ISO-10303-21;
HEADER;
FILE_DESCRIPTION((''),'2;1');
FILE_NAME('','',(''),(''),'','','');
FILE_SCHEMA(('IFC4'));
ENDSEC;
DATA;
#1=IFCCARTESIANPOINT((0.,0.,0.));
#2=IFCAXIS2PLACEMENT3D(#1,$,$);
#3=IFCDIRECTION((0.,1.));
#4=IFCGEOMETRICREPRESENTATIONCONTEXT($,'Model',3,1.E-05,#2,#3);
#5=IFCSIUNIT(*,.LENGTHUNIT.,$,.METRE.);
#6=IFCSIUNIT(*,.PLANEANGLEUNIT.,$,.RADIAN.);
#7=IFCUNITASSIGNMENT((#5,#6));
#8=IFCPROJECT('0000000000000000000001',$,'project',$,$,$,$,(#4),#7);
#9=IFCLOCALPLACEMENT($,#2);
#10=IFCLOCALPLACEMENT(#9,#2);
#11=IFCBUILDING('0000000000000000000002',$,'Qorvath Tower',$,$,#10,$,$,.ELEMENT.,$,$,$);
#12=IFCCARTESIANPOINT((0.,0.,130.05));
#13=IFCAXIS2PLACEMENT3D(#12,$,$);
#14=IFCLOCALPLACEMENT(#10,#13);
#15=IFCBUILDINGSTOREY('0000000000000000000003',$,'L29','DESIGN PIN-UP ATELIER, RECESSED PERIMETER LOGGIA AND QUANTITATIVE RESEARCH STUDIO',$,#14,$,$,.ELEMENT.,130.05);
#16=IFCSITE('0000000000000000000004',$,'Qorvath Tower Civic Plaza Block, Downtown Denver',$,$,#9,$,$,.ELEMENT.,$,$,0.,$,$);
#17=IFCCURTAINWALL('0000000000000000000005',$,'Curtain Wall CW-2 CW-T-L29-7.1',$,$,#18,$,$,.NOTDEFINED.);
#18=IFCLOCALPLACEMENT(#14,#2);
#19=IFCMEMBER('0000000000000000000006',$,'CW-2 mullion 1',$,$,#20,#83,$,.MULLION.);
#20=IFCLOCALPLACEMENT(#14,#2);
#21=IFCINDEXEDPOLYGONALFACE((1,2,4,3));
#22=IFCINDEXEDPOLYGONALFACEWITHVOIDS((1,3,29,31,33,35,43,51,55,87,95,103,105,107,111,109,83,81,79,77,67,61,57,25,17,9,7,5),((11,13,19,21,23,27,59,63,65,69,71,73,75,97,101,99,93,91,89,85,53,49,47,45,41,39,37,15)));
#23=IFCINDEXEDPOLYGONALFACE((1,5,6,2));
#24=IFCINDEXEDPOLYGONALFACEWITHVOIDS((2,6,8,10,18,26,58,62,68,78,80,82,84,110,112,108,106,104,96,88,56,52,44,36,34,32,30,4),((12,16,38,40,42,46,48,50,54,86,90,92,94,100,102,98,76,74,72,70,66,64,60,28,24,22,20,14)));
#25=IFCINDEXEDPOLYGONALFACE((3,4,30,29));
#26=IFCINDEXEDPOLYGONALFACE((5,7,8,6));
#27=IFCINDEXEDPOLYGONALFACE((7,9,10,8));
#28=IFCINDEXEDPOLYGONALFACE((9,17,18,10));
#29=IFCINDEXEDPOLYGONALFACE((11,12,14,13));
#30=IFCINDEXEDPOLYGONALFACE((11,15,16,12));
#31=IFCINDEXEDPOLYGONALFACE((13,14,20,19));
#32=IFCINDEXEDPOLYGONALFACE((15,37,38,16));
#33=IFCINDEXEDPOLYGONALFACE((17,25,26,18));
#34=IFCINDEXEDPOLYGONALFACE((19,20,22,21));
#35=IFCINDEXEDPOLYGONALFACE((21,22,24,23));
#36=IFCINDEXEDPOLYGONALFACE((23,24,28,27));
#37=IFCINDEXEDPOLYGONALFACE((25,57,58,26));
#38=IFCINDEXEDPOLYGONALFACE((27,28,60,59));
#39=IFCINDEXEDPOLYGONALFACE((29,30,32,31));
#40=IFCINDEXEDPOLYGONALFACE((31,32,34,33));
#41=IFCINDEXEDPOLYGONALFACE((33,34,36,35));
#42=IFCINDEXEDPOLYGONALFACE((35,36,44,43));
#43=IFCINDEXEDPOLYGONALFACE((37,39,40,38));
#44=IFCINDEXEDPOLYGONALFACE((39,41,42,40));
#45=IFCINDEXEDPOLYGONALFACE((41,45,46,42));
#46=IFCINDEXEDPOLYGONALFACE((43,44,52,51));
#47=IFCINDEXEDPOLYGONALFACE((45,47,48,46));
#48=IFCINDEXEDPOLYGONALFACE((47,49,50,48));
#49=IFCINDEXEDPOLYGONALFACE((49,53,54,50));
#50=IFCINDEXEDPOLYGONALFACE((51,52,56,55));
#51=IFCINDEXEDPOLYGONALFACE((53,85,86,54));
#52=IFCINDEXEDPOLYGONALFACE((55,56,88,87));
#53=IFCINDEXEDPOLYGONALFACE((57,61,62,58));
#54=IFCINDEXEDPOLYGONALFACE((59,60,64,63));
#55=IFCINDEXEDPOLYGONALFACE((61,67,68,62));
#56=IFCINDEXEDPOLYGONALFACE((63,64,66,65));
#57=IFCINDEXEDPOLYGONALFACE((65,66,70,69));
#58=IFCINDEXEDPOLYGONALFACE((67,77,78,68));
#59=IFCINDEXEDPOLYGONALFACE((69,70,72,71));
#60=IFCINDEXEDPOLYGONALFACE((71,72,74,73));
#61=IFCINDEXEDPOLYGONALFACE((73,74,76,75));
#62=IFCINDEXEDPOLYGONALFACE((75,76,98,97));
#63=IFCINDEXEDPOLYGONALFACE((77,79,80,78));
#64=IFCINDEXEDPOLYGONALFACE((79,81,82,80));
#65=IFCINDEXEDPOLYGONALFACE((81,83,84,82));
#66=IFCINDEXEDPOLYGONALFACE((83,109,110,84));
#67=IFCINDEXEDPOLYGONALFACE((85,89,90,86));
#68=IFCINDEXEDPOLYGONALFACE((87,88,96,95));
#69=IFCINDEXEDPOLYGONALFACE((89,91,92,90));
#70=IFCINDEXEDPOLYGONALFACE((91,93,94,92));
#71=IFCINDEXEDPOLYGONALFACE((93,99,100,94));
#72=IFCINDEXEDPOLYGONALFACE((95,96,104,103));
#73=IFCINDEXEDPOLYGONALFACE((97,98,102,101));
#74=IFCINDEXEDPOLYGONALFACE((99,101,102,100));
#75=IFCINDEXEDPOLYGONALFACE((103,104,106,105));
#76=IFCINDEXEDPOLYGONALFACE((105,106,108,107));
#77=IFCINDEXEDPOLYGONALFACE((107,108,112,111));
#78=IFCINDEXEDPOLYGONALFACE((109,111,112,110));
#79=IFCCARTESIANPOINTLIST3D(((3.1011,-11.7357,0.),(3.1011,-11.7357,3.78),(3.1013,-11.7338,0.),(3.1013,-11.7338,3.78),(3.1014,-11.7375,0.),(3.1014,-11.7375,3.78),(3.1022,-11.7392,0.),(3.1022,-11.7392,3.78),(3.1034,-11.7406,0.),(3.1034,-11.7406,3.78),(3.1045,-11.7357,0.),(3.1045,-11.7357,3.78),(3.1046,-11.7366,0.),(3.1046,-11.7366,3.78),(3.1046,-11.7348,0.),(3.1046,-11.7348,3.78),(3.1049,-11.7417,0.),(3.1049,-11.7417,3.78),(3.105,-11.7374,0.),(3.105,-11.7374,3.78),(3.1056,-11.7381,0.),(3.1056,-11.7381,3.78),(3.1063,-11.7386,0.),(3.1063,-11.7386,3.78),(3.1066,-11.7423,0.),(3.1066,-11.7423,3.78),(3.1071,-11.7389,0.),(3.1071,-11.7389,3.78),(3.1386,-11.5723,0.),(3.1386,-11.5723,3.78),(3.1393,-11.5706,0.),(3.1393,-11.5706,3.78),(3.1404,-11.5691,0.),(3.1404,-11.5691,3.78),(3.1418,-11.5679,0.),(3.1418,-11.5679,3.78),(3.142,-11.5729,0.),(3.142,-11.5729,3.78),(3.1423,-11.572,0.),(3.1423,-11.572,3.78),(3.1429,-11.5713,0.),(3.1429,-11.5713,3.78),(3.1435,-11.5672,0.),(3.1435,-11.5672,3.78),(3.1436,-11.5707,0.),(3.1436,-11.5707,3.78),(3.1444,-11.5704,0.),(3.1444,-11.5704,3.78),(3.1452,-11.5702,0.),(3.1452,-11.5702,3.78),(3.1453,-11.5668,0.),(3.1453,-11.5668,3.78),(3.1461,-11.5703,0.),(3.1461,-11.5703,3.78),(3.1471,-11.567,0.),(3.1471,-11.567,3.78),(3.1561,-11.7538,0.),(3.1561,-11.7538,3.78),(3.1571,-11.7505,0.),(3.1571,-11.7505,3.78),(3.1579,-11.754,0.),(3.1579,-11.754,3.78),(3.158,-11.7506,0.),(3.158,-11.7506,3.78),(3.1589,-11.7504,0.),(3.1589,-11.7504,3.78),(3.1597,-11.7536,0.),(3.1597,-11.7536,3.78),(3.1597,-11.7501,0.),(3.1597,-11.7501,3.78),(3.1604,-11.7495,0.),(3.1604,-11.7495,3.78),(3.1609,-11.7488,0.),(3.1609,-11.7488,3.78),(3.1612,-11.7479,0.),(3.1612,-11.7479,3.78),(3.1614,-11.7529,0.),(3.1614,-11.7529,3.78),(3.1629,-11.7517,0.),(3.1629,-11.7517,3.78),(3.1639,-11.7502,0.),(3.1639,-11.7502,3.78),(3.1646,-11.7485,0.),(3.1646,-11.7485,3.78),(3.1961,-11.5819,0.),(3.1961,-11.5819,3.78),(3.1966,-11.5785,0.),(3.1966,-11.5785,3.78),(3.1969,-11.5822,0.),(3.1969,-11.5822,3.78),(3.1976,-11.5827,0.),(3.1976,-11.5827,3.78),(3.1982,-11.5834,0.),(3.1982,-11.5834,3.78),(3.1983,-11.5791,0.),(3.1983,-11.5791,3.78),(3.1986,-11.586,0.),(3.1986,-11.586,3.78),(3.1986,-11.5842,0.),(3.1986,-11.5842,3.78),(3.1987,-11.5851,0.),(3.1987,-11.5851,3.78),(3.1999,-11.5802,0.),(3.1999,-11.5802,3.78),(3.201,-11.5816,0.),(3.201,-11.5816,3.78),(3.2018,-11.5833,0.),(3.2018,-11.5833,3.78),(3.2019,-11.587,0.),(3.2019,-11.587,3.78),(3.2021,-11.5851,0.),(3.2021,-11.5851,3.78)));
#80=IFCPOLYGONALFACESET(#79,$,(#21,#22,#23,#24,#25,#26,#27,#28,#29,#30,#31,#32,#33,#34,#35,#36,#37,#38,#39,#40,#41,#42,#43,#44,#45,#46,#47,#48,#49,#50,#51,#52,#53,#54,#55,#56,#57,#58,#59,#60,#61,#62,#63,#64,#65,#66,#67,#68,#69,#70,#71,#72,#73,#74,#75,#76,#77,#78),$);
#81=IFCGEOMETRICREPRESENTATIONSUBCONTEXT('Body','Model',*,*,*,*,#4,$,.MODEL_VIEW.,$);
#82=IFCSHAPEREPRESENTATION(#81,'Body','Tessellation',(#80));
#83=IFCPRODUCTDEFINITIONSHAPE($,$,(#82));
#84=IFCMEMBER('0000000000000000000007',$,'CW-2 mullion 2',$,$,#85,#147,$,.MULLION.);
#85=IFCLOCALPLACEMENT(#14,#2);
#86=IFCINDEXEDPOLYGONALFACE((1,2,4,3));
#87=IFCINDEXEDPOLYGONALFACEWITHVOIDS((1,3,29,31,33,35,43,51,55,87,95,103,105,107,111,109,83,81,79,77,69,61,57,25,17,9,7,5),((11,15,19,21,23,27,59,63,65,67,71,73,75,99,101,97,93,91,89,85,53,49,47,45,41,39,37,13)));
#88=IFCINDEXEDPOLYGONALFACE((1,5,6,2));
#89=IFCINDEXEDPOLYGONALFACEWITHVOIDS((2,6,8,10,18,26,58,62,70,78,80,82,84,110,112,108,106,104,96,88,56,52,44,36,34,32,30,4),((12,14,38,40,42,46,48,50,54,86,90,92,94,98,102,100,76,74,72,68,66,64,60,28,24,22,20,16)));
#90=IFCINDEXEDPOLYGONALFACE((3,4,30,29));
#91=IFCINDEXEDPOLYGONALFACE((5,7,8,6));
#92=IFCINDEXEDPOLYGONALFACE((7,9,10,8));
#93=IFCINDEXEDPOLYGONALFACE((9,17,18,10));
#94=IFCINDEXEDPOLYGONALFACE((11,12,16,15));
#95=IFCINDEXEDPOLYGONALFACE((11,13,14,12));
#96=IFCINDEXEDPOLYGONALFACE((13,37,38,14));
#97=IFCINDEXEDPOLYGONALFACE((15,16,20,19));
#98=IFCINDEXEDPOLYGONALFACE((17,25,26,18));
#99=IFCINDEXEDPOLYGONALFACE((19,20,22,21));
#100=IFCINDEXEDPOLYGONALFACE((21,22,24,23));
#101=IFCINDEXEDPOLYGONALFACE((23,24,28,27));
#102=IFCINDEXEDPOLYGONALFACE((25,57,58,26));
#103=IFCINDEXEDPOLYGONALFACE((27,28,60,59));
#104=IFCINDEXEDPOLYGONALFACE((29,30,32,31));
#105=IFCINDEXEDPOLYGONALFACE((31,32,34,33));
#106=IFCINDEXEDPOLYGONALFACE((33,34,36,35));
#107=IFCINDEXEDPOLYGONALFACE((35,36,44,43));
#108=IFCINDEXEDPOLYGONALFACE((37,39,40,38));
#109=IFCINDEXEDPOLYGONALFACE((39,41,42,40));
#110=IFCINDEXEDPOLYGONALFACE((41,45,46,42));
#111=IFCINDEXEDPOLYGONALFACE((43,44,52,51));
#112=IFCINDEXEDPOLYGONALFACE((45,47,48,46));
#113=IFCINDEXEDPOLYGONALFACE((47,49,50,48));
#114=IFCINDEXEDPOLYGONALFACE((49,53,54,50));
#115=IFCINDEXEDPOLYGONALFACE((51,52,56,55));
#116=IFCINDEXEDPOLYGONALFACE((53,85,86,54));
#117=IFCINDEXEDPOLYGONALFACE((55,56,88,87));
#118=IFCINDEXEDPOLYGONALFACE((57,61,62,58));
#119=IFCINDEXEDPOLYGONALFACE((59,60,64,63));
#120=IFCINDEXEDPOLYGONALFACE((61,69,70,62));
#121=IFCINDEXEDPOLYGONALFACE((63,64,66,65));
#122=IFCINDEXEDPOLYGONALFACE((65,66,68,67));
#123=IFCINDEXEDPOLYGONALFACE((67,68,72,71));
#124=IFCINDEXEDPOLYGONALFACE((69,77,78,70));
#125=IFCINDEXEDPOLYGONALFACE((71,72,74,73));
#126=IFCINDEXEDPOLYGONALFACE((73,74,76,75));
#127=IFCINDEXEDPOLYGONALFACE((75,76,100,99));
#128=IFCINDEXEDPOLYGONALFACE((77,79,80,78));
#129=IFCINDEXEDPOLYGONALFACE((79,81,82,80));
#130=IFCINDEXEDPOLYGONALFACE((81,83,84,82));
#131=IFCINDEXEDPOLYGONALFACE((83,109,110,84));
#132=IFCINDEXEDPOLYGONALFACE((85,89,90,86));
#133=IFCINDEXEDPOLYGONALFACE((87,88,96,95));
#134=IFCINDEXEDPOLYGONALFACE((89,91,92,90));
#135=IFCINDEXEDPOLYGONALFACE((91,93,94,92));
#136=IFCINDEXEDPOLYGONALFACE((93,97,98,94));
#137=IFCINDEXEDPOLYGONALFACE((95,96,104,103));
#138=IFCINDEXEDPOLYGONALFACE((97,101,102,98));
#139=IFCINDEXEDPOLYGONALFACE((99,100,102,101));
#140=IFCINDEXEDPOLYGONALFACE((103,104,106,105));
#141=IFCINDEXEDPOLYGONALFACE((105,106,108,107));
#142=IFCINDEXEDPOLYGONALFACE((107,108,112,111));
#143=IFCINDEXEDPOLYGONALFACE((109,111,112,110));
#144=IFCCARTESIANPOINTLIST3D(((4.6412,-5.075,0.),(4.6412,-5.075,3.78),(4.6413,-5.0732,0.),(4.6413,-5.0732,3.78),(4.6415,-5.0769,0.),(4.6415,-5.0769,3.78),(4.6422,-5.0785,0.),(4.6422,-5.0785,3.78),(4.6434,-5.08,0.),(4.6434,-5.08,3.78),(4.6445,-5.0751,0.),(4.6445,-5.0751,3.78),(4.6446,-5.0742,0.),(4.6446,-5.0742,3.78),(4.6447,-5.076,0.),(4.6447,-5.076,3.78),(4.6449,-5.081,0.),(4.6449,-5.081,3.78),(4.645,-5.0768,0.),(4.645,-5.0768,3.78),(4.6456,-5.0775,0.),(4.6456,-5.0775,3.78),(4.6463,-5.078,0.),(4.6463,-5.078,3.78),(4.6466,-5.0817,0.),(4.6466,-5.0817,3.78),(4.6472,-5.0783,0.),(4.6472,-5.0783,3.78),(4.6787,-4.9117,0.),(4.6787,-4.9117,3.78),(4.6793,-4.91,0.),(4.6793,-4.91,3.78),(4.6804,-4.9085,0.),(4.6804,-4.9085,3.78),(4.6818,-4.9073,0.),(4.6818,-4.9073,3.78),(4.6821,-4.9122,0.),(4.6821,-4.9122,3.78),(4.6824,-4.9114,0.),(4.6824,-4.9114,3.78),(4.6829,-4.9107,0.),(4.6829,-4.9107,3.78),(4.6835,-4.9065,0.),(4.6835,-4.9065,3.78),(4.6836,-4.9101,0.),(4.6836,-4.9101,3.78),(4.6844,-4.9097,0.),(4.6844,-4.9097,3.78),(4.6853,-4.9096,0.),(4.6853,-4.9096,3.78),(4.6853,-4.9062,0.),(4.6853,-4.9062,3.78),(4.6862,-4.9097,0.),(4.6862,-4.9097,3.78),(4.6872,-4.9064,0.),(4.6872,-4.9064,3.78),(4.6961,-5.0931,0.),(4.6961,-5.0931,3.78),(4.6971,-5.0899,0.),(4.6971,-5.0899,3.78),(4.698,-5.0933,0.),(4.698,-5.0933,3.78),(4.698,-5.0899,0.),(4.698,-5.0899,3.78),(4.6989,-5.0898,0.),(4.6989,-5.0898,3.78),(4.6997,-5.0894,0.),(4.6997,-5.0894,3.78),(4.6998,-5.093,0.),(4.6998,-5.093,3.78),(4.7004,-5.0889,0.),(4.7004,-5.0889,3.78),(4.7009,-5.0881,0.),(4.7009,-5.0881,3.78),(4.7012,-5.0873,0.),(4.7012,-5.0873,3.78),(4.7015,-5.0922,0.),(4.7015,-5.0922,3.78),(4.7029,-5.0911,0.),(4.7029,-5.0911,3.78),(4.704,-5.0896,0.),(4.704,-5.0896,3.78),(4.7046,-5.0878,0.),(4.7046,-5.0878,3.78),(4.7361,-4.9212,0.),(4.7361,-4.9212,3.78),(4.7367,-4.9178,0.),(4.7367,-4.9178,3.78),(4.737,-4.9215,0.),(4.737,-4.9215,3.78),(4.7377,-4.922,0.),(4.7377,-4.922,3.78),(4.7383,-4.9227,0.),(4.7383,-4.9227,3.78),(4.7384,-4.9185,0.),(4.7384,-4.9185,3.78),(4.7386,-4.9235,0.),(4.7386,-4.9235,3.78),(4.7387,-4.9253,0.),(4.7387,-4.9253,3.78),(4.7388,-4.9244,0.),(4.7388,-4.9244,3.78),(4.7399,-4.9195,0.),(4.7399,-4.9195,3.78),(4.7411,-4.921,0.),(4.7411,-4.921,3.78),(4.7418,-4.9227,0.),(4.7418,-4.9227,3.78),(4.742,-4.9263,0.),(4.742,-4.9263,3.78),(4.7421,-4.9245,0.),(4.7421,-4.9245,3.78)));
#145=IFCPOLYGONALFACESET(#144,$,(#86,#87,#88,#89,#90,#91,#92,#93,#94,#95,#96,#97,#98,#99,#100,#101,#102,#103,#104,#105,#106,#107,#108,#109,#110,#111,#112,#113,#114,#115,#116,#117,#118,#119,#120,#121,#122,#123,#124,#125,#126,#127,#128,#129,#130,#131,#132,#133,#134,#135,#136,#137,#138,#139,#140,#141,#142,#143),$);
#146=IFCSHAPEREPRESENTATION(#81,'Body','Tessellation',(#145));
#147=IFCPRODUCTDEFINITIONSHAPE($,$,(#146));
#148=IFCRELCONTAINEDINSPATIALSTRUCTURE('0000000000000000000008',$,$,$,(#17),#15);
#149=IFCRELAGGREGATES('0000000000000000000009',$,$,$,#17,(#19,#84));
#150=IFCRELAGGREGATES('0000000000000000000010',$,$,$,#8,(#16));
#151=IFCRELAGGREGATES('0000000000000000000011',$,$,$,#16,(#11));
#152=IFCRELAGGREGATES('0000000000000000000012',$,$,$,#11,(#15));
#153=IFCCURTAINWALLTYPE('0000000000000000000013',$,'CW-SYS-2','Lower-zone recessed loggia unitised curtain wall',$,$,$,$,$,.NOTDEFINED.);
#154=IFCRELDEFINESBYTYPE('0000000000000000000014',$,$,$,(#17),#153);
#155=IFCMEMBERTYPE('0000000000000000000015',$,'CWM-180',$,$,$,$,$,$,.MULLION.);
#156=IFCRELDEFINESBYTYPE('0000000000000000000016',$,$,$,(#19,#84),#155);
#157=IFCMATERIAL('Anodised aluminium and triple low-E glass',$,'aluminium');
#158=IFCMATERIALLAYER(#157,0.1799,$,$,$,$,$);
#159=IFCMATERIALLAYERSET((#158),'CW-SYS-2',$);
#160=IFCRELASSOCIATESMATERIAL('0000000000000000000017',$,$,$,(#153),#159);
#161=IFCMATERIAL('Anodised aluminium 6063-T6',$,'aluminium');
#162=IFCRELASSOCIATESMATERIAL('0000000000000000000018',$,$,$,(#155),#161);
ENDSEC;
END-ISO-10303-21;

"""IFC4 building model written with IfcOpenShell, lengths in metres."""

from ifc_helpers import new_model, si_unit, direction, frame, origin, origin_2d, place, context, subcontext, project, spatial, hollow_rectangle, extrude, material, layer, layer_set, material_profile, profile_set, type_object, element, aggregate, save


model = new_model("IFC4")

# Units and contexts
model_context = context("Model", 3, precision=1e-05, world=origin(), true_north=direction((0.0, 1.0)))
body_context = subcontext(model_context, "Body", "Model", "MODEL_VIEW")
ifc_project = project(units=[si_unit("LENGTHUNIT", "METRE"), si_unit("PLANEANGLEUNIT", "RADIAN")], contexts=[model_context])

# Site, building, storey
site_placement = place(None, origin())
site = spatial("IfcSite", under=ifc_project, at=site_placement, Name="Qorvath Tower Civic Plaza Block, Downtown Denver", CompositionType="ELEMENT", RefElevation=0.0)
building_placement = place(site_placement, origin())
building = spatial("IfcBuilding", under=site, at=building_placement, Name="Qorvath Tower", CompositionType="ELEMENT")
storey_placement = place(building_placement, frame((0.0, 0.0, 130.05)))
storey = spatial("IfcBuildingStorey", under=building, at=storey_placement, Name="L29", Description="DESIGN PIN-UP ATELIER, RECESSED PERIMETER LOGGIA AND QUANTITATIVE RESEARCH STUDIO", CompositionType="ELEMENT", Elevation=130.05)

# Curtain wall, members
ifc_material_1 = material(Name="Anodised aluminium and triple low-E glass", Category="aluminium")
ifc_layer_1 = layer(ifc_material_1, 0.1799)
ifc_layer_set_1 = layer_set([ifc_layer_1], Name="CW-SYS-2")
curtain_wall_type = type_object("IfcCurtainWallType", Name="CW-SYS-2", Description="Lower-zone recessed loggia unitised curtain wall", PredefinedType="NOTDEFINED", material=ifc_layer_set_1)
ifc_material_2 = material(Name="Anodised aluminium 6063-T6", Category="aluminium")
ifc_material_profile_1 = material_profile(ifc_material_2, hollow_rectangle(XDim=0.0649, YDim=0.1799, WallThickness=0.0034, InnerFilletRadius=0.0034, OuterFilletRadius=0.0071, at=origin_2d()), Name="CWM 180x65")
ifc_profile_set_1 = profile_set([ifc_material_profile_1], Name="Anodised aluminium 6063-T6")
member_type_1 = type_object("IfcMemberType", Name="CWM-180", PredefinedType="MULLION", material=ifc_profile_set_1)
curtain_wall_1_placement = place(storey_placement, origin())
curtain_wall_1 = element("IfcCurtainWall", 1, at=curtain_wall_1_placement, inside=storey, type_object=curtain_wall_type, Name="Curtain Wall CW-2 CW-T-L29-7.1", PredefinedType="NOTDEFINED")
member_1_placement = place(storey_placement, frame((3.1516, -11.6604, 0.0), z_axis=(0.0, 0.0, 1.0), x_axis=(-0.974296, 0.22527, 0.0)))
member_1 = element("IfcMember", 2, at=member_1_placement, type_object=member_type_1, Name="CW-2 mullion 1", PredefinedType="MULLION", context=body_context, shape_type="SweptSolid", body=[
    extrude(hollow_rectangle(XDim=0.0649, YDim=0.1799, WallThickness=0.0034, InnerFilletRadius=0.0034, OuterFilletRadius=0.0071, at=origin_2d()), origin(), (0.0, 0.0, 1.0), 3.78),
])
member_2_placement = place(storey_placement, frame((4.6917, -4.9998, 0.0), z_axis=(0.0, 0.0, 1.0), x_axis=(-0.974296, 0.22527, 0.0)))
member_2 = element("IfcMember", 3, at=member_2_placement, type_object=member_type_1, Name="CW-2 mullion 2", PredefinedType="MULLION", context=body_context, shape_type="SweptSolid", body=[
    extrude(hollow_rectangle(XDim=0.0649, YDim=0.1799, WallThickness=0.0034, InnerFilletRadius=0.0034, OuterFilletRadius=0.0071, at=origin_2d()), origin(), (0.0, 0.0, 1.0), 3.78),
])

aggregate(curtain_wall_1, [member_1, member_2])

save(model, "model.ifc")
